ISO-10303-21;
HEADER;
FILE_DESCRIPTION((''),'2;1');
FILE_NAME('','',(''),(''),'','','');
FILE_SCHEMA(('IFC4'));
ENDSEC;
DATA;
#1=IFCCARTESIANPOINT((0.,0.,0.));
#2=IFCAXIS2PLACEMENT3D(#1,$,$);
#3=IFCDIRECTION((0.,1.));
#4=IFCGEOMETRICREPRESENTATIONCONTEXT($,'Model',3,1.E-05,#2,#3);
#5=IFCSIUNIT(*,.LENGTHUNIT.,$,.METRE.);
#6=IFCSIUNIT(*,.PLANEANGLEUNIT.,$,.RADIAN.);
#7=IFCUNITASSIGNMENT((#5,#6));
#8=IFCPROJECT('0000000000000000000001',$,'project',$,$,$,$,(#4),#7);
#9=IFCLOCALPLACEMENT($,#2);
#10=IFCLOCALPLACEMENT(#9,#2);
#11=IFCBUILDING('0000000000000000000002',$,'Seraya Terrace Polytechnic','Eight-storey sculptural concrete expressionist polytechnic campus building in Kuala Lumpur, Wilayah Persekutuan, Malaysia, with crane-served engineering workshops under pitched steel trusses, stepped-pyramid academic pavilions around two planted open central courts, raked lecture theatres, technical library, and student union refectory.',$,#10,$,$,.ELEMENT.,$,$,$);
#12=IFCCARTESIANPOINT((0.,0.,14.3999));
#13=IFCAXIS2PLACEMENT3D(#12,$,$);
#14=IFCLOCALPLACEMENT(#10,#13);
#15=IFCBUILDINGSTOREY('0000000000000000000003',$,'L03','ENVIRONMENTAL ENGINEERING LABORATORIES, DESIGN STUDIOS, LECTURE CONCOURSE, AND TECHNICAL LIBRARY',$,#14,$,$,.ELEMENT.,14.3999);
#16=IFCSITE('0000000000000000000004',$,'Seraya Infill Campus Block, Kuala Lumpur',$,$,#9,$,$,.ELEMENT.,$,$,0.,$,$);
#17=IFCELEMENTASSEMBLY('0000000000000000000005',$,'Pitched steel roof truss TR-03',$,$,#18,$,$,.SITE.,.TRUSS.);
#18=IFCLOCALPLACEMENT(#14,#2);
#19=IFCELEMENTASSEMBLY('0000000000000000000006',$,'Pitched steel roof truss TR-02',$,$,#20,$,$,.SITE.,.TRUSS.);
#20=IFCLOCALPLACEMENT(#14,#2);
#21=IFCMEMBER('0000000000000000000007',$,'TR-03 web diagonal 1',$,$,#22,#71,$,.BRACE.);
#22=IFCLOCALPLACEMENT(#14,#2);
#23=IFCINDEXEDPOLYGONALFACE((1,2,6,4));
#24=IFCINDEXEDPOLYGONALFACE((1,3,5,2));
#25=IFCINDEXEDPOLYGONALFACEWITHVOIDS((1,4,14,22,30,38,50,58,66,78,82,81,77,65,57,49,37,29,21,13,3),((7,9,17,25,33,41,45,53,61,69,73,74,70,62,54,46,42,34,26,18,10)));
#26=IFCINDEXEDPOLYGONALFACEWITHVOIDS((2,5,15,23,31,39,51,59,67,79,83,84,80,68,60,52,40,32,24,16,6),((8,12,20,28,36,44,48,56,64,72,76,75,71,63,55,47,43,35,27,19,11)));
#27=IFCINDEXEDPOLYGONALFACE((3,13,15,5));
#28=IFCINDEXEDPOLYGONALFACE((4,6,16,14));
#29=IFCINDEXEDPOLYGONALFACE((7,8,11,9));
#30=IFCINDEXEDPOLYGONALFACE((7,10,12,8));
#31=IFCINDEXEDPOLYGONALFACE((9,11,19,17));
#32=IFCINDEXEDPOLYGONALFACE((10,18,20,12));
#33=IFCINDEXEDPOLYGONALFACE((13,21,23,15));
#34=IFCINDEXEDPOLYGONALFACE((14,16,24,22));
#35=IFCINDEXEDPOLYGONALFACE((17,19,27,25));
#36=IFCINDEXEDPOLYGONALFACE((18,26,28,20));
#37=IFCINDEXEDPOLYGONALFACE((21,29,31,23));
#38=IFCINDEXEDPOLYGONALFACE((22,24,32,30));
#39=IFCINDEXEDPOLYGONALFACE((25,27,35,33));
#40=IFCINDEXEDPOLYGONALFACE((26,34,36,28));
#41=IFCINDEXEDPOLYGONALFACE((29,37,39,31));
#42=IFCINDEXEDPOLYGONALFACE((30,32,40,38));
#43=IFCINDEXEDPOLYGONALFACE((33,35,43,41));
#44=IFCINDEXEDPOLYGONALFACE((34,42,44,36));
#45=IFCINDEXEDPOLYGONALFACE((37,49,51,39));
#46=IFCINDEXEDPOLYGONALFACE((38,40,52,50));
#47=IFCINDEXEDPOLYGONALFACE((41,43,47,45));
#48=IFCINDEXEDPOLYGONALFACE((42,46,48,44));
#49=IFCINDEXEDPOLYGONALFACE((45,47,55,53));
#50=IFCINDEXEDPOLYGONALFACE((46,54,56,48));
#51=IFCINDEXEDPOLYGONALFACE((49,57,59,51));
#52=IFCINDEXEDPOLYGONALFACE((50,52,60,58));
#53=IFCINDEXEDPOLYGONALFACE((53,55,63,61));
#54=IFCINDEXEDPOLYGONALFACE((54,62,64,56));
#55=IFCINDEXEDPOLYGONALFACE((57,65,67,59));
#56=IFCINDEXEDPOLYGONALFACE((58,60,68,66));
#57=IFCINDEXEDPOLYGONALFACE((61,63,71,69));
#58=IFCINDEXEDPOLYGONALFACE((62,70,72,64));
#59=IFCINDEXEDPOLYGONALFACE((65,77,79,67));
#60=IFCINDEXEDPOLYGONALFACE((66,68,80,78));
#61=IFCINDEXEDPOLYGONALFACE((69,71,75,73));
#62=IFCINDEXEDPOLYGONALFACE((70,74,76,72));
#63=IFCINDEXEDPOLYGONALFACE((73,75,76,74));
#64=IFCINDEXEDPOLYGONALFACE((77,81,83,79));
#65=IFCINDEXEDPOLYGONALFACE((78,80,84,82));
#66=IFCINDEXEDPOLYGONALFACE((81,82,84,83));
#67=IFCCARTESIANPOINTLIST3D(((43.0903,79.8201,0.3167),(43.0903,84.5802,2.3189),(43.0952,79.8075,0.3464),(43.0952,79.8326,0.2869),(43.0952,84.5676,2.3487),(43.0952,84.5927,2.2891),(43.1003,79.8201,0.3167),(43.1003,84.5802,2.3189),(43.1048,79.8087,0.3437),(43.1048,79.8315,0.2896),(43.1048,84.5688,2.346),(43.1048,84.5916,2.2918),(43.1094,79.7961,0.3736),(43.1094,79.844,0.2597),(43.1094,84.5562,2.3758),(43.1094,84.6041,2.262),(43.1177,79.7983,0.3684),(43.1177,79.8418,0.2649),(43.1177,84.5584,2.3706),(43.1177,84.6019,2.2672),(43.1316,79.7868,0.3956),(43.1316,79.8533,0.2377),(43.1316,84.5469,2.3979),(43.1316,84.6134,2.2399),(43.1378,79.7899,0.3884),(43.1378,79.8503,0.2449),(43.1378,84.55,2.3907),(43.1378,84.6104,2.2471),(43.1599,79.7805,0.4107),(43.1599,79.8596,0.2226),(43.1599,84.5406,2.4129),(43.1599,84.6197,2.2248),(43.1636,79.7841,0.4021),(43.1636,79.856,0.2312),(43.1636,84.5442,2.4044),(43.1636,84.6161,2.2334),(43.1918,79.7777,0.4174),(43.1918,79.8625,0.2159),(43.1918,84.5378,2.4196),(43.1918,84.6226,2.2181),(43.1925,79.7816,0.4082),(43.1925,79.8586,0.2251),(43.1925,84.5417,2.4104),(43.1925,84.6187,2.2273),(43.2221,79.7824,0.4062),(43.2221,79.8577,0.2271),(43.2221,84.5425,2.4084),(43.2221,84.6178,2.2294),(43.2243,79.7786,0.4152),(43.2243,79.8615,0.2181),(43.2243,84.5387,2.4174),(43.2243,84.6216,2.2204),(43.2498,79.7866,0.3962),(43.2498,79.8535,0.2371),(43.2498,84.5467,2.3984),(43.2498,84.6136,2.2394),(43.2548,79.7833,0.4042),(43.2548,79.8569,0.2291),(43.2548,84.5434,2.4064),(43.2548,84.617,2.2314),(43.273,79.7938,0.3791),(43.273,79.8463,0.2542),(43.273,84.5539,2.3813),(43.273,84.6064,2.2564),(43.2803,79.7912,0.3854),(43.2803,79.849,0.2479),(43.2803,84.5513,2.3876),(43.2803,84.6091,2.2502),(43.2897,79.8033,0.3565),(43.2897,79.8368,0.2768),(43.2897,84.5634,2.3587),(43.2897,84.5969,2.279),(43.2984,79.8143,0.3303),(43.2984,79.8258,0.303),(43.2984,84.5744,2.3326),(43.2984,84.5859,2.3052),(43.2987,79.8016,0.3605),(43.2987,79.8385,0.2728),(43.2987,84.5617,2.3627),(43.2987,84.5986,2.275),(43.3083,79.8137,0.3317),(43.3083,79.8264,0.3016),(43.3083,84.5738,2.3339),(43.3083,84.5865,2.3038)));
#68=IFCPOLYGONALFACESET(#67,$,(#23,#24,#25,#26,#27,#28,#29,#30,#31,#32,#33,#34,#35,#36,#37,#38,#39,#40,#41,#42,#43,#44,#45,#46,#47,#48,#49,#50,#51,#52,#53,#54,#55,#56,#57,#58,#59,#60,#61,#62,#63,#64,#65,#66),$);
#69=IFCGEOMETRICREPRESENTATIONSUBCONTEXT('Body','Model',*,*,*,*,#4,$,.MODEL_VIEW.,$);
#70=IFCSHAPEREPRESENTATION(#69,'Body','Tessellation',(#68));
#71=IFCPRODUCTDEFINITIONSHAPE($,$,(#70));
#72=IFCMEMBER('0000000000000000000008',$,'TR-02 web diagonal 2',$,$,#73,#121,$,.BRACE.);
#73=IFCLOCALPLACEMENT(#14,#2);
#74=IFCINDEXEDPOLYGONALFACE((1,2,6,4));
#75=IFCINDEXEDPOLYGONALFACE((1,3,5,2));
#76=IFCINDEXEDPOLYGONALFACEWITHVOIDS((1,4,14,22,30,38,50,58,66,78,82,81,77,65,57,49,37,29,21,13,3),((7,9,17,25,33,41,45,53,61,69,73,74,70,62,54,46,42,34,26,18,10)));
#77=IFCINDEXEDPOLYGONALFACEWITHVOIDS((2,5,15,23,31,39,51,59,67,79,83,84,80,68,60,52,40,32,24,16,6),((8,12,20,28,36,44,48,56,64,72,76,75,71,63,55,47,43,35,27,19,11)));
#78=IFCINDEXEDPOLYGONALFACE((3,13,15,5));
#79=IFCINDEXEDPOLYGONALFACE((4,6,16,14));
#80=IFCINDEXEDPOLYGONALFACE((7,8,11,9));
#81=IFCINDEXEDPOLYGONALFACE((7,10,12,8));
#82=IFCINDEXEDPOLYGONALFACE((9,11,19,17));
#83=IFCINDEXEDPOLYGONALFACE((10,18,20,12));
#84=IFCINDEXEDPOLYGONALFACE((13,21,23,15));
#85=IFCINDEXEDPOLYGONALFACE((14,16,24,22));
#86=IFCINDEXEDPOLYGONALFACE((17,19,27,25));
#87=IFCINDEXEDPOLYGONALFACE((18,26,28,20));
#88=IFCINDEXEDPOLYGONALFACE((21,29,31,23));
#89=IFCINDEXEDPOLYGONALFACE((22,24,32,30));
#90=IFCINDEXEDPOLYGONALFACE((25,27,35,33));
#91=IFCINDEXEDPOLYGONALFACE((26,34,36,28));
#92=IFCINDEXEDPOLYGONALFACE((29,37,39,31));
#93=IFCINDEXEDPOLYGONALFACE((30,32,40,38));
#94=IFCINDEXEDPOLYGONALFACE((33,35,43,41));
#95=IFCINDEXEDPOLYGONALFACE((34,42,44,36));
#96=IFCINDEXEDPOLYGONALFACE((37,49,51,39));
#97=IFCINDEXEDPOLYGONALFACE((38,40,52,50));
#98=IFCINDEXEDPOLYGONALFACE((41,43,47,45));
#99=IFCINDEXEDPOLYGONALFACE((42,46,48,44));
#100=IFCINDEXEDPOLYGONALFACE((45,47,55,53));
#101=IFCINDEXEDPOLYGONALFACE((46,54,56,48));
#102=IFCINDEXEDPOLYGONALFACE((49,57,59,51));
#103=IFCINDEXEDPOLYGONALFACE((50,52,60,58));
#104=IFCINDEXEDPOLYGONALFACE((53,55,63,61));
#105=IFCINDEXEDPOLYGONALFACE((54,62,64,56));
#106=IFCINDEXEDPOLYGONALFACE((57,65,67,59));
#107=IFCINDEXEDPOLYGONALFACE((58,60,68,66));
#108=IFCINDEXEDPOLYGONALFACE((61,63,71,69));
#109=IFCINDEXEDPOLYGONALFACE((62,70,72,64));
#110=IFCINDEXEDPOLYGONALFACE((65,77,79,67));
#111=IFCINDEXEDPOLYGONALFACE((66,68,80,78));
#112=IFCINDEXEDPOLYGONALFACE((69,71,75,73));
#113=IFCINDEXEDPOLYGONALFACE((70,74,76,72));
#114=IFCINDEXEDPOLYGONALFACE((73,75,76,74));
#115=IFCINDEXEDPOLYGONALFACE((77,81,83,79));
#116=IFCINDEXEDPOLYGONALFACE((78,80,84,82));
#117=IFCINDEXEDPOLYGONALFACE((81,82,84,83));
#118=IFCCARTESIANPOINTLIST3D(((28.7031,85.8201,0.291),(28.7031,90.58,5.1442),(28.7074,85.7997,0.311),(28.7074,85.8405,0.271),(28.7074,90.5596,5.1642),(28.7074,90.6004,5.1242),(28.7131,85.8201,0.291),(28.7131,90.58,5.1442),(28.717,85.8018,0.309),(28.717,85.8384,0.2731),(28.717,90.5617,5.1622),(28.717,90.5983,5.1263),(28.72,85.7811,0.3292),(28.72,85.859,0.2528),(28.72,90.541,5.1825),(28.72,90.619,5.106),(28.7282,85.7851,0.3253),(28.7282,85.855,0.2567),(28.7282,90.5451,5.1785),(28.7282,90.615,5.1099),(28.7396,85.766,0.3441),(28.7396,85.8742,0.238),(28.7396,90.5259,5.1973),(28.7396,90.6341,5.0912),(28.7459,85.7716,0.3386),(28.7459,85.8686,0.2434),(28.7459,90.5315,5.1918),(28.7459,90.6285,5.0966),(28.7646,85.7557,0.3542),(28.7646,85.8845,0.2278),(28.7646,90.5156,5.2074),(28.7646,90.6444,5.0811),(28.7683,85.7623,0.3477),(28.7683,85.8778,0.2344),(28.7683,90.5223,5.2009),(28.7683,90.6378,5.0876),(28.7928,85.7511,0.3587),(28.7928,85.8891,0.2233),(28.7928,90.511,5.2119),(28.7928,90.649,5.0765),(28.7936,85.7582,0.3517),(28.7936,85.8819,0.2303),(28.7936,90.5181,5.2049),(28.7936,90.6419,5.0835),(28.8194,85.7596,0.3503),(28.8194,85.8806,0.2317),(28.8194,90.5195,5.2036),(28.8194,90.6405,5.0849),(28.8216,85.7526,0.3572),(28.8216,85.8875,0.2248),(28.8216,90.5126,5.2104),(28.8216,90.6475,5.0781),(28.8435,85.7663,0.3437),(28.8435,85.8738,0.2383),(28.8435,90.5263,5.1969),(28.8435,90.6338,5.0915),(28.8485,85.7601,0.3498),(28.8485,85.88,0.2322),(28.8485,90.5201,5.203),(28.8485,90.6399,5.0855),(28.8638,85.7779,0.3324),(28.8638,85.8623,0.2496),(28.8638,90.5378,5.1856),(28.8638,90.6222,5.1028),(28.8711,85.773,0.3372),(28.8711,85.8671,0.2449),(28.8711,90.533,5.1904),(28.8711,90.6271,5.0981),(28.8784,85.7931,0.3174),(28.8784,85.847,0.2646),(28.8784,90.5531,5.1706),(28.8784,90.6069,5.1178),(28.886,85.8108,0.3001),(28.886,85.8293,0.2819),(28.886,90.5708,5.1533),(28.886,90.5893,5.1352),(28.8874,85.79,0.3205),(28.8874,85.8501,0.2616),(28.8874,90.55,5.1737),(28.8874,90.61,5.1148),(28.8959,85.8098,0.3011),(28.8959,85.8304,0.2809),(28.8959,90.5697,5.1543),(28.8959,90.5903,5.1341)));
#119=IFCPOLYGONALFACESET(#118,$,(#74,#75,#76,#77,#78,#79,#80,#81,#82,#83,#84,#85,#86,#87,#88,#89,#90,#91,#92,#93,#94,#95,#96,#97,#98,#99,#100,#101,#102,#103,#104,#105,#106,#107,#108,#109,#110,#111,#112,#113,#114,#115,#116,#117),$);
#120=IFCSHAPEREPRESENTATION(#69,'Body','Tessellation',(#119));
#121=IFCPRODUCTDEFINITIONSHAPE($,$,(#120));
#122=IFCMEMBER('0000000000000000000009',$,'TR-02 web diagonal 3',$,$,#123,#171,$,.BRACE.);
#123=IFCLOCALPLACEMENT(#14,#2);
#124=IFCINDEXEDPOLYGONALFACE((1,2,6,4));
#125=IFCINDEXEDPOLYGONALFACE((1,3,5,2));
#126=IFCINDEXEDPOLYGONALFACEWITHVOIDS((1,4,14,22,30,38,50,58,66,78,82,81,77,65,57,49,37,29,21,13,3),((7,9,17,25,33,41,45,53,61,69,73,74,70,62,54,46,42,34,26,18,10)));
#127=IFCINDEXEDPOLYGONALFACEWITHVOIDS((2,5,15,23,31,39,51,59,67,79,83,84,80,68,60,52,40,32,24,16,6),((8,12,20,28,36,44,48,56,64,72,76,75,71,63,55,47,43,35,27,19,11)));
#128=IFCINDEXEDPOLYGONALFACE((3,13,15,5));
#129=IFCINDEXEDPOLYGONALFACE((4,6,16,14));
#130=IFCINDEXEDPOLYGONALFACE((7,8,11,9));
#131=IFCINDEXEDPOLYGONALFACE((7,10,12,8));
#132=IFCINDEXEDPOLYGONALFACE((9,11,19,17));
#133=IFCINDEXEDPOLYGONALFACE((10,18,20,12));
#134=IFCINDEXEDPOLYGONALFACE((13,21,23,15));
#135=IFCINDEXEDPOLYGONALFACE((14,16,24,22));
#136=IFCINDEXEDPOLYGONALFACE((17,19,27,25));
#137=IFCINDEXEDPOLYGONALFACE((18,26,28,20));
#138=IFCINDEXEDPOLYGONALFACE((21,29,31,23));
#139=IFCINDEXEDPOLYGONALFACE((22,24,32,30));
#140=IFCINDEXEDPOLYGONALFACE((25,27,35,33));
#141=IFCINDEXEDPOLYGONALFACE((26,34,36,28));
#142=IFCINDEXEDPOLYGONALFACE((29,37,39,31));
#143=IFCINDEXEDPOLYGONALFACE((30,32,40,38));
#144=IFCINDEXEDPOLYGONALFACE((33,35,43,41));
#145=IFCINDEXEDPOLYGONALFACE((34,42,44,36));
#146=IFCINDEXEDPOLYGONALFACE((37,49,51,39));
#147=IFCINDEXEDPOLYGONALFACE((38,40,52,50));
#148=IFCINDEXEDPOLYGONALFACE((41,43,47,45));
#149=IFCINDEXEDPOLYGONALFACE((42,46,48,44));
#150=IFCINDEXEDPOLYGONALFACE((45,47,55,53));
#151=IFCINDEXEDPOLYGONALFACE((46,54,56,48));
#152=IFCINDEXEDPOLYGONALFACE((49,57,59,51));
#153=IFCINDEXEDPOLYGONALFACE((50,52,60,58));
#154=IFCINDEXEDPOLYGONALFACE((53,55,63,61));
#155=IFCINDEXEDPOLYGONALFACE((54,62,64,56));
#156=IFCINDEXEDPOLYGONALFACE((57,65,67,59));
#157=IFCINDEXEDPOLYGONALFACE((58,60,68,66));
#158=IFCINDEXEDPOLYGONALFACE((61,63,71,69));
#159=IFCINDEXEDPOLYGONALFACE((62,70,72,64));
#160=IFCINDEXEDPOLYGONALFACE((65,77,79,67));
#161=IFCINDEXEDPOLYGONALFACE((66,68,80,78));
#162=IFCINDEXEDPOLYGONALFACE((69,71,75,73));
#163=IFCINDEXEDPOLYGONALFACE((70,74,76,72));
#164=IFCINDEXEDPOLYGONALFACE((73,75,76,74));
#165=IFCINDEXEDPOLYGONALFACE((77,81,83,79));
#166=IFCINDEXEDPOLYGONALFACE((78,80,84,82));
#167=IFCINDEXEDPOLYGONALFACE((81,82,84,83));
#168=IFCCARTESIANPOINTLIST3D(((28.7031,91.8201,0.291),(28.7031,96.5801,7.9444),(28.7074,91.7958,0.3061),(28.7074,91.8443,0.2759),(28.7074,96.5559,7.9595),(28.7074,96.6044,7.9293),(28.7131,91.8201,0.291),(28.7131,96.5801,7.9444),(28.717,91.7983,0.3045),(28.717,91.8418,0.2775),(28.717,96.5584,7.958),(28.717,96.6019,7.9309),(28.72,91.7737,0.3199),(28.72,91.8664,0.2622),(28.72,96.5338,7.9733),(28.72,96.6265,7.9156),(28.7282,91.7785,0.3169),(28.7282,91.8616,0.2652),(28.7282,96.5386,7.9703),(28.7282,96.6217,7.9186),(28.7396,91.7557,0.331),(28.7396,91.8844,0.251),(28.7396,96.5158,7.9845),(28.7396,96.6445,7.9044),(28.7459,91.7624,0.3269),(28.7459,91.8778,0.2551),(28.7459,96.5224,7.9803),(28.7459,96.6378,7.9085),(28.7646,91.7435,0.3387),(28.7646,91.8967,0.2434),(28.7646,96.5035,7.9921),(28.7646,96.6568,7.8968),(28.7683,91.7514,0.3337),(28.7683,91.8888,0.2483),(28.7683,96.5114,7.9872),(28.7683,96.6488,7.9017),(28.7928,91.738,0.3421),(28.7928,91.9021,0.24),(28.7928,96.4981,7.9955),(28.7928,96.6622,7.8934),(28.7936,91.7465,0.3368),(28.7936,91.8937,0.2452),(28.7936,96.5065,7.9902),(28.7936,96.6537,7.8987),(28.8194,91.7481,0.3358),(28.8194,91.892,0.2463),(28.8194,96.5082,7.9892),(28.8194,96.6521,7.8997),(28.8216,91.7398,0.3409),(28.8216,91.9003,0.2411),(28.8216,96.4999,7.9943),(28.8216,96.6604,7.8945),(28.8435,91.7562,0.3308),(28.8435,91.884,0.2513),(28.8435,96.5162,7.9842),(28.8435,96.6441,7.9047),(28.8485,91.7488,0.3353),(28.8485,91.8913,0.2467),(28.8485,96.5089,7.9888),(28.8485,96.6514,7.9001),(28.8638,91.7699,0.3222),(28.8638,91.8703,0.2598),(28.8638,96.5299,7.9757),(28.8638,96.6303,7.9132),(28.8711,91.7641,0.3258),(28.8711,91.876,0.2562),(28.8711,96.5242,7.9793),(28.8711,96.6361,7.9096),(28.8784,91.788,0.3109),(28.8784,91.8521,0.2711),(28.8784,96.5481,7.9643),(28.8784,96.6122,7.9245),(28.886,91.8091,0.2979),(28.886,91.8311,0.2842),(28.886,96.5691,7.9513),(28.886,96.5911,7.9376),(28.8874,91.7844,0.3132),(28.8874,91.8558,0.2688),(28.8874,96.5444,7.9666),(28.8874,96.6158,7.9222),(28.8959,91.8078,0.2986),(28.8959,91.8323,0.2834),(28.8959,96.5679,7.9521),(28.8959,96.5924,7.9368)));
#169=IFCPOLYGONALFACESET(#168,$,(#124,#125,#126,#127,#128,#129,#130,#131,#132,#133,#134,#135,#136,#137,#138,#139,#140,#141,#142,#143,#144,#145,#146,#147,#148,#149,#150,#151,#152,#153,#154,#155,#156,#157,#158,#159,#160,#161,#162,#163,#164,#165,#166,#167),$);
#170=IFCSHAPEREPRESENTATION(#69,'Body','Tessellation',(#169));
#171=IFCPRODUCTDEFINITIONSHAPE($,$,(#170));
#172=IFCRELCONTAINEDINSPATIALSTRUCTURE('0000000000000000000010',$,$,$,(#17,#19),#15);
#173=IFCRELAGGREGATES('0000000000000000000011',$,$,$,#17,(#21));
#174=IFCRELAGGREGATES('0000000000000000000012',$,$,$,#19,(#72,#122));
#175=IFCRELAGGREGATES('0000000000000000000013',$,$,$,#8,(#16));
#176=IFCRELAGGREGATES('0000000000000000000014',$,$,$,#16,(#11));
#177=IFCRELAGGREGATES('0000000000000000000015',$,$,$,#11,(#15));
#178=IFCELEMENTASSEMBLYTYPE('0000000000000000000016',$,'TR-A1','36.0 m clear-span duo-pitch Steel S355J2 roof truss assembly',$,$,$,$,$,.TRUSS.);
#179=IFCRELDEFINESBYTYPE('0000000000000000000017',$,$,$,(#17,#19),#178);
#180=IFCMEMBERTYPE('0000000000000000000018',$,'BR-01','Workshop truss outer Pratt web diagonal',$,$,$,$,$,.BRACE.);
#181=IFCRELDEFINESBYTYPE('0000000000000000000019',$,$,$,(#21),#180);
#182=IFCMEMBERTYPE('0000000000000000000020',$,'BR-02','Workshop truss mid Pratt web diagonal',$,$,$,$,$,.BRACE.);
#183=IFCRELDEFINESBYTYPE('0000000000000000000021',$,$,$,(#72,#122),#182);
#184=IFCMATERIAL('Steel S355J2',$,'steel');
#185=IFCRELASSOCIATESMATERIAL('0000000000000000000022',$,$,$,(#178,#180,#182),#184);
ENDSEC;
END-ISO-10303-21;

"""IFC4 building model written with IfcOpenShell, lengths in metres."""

from ifc_helpers import new_model, si_unit, direction, frame, origin, origin_2d, place, context, subcontext, project, spatial, hollow_circle, extrude, material, material_profile, profile_set, type_object, element, aggregate, save


model = new_model("IFC4")

# Units and contexts
model_context = context("Model", 3, precision=1e-05, world=origin(), true_north=direction((0.0, 1.0)))
body_context = subcontext(model_context, "Body", "Model", "MODEL_VIEW")
ifc_project = project(units=[si_unit("LENGTHUNIT", "METRE"), si_unit("PLANEANGLEUNIT", "RADIAN")], contexts=[model_context])

# Site, building, storey
site_placement = place(None, origin())
site = spatial("IfcSite", under=ifc_project, at=site_placement, Name="Seraya Infill Campus Block, Kuala Lumpur", CompositionType="ELEMENT", RefElevation=0.0)
building_placement = place(site_placement, origin())
building = spatial("IfcBuilding", under=site, at=building_placement, Name="Seraya Terrace Polytechnic", Description="Eight-storey sculptural concrete expressionist polytechnic campus building in Kuala Lumpur, Wilayah Persekutuan, Malaysia, with crane-served engineering workshops under pitched steel trusses, stepped-pyramid academic pavilions around two planted open central courts, raked lecture theatres, technical library, and student union refectory.", CompositionType="ELEMENT")
storey_placement = place(building_placement, frame((0.0, 0.0, 14.3999)))
storey = spatial("IfcBuildingStorey", under=building, at=storey_placement, Name="L03", Description="ENVIRONMENTAL ENGINEERING LABORATORIES, DESIGN STUDIOS, LECTURE CONCOURSE, AND TECHNICAL LIBRARY", CompositionType="ELEMENT", Elevation=14.3999)

# Element assembly
ifc_material_1 = material(Name="Steel S355J2", Category="steel")
element_assembly_type = type_object("IfcElementAssemblyType", Name="TR-A1", Description="36.0 m clear-span duo-pitch Steel S355J2 roof truss assembly", PredefinedType="TRUSS", material=ifc_material_1)
assembly_1_placement = place(storey_placement, origin())
assembly_1 = element("IfcElementAssembly", 1, at=assembly_1_placement, inside=storey, type_object=element_assembly_type, Name="Pitched steel roof truss TR-03", AssemblyPlace="SITE", PredefinedType="TRUSS")

# Element assembly
assembly_2_placement = place(storey_placement, origin())
assembly_2 = element("IfcElementAssembly", 2, at=assembly_2_placement, inside=storey, type_object=element_assembly_type, Name="Pitched steel roof truss TR-02", AssemblyPlace="SITE", PredefinedType="TRUSS")

# Members
ifc_material_profile_1 = material_profile(ifc_material_1, hollow_circle(Radius=0.1096, WallThickness=0.01, at=origin_2d()), Name="CHS 219.1x10.0")
ifc_profile_set_1 = profile_set([ifc_material_profile_1], Name="Steel S355J2")
member_type_1 = type_object("IfcMemberType", Name="BR-01", Description="Workshop truss outer Pratt web diagonal", PredefinedType="BRACE", material=ifc_profile_set_1)
member_1_placement = place(storey_placement, frame((43.2, 79.8201, 0.3167), z_axis=(0.0, 0.921775, 0.387725), x_axis=(-1.0, 0.0, 0.0)))
member_1 = element("IfcMember", 3, at=member_1_placement, type_object=member_type_1, Name="TR-03 web diagonal 1", PredefinedType="BRACE", context=body_context, shape_type="SweptSolid", body=[
    extrude(hollow_circle(Radius=0.1096, WallThickness=0.01, at=origin_2d()), origin(), (0.0, 0.0, 1.0), 5.1641),
])
ifc_material_profile_2 = material_profile(ifc_material_1, hollow_circle(Radius=0.0969, WallThickness=0.01, at=origin_2d()), Name="CHS 193.7x10.0")
ifc_profile_set_2 = profile_set([ifc_material_profile_2], Name="Steel S355J2")
member_type_2 = type_object("IfcMemberType", Name="BR-02", Description="Workshop truss mid Pratt web diagonal", PredefinedType="BRACE", material=ifc_profile_set_2)
member_2_placement = place(storey_placement, frame((28.8, 85.8201, 0.291), z_axis=(0.0, 0.700214, 0.713933), x_axis=(-1.0, 0.0, 0.0)))
member_2 = element("IfcMember", 4, at=member_2_placement, type_object=member_type_2, Name="TR-02 web diagonal 2", PredefinedType="BRACE", context=body_context, shape_type="SweptSolid", body=[
    extrude(hollow_circle(Radius=0.0969, WallThickness=0.01, at=origin_2d()), origin(), (0.0, 0.0, 1.0), 6.7979),
])
member_3_placement = place(storey_placement, frame((28.8, 91.8201, 0.291), z_axis=(0.0, 0.528137, 0.849159), x_axis=(-1.0, 0.0, 0.0)))
member_3 = element("IfcMember", 5, at=member_3_placement, type_object=member_type_2, Name="TR-02 web diagonal 3", PredefinedType="BRACE", context=body_context, shape_type="SweptSolid", body=[
    extrude(hollow_circle(Radius=0.0969, WallThickness=0.01, at=origin_2d()), origin(), (0.0, 0.0, 1.0), 9.0129),
])

aggregate(assembly_1, [member_1])
aggregate(assembly_2, [member_2, member_3])

save(model, "model.ifc")
